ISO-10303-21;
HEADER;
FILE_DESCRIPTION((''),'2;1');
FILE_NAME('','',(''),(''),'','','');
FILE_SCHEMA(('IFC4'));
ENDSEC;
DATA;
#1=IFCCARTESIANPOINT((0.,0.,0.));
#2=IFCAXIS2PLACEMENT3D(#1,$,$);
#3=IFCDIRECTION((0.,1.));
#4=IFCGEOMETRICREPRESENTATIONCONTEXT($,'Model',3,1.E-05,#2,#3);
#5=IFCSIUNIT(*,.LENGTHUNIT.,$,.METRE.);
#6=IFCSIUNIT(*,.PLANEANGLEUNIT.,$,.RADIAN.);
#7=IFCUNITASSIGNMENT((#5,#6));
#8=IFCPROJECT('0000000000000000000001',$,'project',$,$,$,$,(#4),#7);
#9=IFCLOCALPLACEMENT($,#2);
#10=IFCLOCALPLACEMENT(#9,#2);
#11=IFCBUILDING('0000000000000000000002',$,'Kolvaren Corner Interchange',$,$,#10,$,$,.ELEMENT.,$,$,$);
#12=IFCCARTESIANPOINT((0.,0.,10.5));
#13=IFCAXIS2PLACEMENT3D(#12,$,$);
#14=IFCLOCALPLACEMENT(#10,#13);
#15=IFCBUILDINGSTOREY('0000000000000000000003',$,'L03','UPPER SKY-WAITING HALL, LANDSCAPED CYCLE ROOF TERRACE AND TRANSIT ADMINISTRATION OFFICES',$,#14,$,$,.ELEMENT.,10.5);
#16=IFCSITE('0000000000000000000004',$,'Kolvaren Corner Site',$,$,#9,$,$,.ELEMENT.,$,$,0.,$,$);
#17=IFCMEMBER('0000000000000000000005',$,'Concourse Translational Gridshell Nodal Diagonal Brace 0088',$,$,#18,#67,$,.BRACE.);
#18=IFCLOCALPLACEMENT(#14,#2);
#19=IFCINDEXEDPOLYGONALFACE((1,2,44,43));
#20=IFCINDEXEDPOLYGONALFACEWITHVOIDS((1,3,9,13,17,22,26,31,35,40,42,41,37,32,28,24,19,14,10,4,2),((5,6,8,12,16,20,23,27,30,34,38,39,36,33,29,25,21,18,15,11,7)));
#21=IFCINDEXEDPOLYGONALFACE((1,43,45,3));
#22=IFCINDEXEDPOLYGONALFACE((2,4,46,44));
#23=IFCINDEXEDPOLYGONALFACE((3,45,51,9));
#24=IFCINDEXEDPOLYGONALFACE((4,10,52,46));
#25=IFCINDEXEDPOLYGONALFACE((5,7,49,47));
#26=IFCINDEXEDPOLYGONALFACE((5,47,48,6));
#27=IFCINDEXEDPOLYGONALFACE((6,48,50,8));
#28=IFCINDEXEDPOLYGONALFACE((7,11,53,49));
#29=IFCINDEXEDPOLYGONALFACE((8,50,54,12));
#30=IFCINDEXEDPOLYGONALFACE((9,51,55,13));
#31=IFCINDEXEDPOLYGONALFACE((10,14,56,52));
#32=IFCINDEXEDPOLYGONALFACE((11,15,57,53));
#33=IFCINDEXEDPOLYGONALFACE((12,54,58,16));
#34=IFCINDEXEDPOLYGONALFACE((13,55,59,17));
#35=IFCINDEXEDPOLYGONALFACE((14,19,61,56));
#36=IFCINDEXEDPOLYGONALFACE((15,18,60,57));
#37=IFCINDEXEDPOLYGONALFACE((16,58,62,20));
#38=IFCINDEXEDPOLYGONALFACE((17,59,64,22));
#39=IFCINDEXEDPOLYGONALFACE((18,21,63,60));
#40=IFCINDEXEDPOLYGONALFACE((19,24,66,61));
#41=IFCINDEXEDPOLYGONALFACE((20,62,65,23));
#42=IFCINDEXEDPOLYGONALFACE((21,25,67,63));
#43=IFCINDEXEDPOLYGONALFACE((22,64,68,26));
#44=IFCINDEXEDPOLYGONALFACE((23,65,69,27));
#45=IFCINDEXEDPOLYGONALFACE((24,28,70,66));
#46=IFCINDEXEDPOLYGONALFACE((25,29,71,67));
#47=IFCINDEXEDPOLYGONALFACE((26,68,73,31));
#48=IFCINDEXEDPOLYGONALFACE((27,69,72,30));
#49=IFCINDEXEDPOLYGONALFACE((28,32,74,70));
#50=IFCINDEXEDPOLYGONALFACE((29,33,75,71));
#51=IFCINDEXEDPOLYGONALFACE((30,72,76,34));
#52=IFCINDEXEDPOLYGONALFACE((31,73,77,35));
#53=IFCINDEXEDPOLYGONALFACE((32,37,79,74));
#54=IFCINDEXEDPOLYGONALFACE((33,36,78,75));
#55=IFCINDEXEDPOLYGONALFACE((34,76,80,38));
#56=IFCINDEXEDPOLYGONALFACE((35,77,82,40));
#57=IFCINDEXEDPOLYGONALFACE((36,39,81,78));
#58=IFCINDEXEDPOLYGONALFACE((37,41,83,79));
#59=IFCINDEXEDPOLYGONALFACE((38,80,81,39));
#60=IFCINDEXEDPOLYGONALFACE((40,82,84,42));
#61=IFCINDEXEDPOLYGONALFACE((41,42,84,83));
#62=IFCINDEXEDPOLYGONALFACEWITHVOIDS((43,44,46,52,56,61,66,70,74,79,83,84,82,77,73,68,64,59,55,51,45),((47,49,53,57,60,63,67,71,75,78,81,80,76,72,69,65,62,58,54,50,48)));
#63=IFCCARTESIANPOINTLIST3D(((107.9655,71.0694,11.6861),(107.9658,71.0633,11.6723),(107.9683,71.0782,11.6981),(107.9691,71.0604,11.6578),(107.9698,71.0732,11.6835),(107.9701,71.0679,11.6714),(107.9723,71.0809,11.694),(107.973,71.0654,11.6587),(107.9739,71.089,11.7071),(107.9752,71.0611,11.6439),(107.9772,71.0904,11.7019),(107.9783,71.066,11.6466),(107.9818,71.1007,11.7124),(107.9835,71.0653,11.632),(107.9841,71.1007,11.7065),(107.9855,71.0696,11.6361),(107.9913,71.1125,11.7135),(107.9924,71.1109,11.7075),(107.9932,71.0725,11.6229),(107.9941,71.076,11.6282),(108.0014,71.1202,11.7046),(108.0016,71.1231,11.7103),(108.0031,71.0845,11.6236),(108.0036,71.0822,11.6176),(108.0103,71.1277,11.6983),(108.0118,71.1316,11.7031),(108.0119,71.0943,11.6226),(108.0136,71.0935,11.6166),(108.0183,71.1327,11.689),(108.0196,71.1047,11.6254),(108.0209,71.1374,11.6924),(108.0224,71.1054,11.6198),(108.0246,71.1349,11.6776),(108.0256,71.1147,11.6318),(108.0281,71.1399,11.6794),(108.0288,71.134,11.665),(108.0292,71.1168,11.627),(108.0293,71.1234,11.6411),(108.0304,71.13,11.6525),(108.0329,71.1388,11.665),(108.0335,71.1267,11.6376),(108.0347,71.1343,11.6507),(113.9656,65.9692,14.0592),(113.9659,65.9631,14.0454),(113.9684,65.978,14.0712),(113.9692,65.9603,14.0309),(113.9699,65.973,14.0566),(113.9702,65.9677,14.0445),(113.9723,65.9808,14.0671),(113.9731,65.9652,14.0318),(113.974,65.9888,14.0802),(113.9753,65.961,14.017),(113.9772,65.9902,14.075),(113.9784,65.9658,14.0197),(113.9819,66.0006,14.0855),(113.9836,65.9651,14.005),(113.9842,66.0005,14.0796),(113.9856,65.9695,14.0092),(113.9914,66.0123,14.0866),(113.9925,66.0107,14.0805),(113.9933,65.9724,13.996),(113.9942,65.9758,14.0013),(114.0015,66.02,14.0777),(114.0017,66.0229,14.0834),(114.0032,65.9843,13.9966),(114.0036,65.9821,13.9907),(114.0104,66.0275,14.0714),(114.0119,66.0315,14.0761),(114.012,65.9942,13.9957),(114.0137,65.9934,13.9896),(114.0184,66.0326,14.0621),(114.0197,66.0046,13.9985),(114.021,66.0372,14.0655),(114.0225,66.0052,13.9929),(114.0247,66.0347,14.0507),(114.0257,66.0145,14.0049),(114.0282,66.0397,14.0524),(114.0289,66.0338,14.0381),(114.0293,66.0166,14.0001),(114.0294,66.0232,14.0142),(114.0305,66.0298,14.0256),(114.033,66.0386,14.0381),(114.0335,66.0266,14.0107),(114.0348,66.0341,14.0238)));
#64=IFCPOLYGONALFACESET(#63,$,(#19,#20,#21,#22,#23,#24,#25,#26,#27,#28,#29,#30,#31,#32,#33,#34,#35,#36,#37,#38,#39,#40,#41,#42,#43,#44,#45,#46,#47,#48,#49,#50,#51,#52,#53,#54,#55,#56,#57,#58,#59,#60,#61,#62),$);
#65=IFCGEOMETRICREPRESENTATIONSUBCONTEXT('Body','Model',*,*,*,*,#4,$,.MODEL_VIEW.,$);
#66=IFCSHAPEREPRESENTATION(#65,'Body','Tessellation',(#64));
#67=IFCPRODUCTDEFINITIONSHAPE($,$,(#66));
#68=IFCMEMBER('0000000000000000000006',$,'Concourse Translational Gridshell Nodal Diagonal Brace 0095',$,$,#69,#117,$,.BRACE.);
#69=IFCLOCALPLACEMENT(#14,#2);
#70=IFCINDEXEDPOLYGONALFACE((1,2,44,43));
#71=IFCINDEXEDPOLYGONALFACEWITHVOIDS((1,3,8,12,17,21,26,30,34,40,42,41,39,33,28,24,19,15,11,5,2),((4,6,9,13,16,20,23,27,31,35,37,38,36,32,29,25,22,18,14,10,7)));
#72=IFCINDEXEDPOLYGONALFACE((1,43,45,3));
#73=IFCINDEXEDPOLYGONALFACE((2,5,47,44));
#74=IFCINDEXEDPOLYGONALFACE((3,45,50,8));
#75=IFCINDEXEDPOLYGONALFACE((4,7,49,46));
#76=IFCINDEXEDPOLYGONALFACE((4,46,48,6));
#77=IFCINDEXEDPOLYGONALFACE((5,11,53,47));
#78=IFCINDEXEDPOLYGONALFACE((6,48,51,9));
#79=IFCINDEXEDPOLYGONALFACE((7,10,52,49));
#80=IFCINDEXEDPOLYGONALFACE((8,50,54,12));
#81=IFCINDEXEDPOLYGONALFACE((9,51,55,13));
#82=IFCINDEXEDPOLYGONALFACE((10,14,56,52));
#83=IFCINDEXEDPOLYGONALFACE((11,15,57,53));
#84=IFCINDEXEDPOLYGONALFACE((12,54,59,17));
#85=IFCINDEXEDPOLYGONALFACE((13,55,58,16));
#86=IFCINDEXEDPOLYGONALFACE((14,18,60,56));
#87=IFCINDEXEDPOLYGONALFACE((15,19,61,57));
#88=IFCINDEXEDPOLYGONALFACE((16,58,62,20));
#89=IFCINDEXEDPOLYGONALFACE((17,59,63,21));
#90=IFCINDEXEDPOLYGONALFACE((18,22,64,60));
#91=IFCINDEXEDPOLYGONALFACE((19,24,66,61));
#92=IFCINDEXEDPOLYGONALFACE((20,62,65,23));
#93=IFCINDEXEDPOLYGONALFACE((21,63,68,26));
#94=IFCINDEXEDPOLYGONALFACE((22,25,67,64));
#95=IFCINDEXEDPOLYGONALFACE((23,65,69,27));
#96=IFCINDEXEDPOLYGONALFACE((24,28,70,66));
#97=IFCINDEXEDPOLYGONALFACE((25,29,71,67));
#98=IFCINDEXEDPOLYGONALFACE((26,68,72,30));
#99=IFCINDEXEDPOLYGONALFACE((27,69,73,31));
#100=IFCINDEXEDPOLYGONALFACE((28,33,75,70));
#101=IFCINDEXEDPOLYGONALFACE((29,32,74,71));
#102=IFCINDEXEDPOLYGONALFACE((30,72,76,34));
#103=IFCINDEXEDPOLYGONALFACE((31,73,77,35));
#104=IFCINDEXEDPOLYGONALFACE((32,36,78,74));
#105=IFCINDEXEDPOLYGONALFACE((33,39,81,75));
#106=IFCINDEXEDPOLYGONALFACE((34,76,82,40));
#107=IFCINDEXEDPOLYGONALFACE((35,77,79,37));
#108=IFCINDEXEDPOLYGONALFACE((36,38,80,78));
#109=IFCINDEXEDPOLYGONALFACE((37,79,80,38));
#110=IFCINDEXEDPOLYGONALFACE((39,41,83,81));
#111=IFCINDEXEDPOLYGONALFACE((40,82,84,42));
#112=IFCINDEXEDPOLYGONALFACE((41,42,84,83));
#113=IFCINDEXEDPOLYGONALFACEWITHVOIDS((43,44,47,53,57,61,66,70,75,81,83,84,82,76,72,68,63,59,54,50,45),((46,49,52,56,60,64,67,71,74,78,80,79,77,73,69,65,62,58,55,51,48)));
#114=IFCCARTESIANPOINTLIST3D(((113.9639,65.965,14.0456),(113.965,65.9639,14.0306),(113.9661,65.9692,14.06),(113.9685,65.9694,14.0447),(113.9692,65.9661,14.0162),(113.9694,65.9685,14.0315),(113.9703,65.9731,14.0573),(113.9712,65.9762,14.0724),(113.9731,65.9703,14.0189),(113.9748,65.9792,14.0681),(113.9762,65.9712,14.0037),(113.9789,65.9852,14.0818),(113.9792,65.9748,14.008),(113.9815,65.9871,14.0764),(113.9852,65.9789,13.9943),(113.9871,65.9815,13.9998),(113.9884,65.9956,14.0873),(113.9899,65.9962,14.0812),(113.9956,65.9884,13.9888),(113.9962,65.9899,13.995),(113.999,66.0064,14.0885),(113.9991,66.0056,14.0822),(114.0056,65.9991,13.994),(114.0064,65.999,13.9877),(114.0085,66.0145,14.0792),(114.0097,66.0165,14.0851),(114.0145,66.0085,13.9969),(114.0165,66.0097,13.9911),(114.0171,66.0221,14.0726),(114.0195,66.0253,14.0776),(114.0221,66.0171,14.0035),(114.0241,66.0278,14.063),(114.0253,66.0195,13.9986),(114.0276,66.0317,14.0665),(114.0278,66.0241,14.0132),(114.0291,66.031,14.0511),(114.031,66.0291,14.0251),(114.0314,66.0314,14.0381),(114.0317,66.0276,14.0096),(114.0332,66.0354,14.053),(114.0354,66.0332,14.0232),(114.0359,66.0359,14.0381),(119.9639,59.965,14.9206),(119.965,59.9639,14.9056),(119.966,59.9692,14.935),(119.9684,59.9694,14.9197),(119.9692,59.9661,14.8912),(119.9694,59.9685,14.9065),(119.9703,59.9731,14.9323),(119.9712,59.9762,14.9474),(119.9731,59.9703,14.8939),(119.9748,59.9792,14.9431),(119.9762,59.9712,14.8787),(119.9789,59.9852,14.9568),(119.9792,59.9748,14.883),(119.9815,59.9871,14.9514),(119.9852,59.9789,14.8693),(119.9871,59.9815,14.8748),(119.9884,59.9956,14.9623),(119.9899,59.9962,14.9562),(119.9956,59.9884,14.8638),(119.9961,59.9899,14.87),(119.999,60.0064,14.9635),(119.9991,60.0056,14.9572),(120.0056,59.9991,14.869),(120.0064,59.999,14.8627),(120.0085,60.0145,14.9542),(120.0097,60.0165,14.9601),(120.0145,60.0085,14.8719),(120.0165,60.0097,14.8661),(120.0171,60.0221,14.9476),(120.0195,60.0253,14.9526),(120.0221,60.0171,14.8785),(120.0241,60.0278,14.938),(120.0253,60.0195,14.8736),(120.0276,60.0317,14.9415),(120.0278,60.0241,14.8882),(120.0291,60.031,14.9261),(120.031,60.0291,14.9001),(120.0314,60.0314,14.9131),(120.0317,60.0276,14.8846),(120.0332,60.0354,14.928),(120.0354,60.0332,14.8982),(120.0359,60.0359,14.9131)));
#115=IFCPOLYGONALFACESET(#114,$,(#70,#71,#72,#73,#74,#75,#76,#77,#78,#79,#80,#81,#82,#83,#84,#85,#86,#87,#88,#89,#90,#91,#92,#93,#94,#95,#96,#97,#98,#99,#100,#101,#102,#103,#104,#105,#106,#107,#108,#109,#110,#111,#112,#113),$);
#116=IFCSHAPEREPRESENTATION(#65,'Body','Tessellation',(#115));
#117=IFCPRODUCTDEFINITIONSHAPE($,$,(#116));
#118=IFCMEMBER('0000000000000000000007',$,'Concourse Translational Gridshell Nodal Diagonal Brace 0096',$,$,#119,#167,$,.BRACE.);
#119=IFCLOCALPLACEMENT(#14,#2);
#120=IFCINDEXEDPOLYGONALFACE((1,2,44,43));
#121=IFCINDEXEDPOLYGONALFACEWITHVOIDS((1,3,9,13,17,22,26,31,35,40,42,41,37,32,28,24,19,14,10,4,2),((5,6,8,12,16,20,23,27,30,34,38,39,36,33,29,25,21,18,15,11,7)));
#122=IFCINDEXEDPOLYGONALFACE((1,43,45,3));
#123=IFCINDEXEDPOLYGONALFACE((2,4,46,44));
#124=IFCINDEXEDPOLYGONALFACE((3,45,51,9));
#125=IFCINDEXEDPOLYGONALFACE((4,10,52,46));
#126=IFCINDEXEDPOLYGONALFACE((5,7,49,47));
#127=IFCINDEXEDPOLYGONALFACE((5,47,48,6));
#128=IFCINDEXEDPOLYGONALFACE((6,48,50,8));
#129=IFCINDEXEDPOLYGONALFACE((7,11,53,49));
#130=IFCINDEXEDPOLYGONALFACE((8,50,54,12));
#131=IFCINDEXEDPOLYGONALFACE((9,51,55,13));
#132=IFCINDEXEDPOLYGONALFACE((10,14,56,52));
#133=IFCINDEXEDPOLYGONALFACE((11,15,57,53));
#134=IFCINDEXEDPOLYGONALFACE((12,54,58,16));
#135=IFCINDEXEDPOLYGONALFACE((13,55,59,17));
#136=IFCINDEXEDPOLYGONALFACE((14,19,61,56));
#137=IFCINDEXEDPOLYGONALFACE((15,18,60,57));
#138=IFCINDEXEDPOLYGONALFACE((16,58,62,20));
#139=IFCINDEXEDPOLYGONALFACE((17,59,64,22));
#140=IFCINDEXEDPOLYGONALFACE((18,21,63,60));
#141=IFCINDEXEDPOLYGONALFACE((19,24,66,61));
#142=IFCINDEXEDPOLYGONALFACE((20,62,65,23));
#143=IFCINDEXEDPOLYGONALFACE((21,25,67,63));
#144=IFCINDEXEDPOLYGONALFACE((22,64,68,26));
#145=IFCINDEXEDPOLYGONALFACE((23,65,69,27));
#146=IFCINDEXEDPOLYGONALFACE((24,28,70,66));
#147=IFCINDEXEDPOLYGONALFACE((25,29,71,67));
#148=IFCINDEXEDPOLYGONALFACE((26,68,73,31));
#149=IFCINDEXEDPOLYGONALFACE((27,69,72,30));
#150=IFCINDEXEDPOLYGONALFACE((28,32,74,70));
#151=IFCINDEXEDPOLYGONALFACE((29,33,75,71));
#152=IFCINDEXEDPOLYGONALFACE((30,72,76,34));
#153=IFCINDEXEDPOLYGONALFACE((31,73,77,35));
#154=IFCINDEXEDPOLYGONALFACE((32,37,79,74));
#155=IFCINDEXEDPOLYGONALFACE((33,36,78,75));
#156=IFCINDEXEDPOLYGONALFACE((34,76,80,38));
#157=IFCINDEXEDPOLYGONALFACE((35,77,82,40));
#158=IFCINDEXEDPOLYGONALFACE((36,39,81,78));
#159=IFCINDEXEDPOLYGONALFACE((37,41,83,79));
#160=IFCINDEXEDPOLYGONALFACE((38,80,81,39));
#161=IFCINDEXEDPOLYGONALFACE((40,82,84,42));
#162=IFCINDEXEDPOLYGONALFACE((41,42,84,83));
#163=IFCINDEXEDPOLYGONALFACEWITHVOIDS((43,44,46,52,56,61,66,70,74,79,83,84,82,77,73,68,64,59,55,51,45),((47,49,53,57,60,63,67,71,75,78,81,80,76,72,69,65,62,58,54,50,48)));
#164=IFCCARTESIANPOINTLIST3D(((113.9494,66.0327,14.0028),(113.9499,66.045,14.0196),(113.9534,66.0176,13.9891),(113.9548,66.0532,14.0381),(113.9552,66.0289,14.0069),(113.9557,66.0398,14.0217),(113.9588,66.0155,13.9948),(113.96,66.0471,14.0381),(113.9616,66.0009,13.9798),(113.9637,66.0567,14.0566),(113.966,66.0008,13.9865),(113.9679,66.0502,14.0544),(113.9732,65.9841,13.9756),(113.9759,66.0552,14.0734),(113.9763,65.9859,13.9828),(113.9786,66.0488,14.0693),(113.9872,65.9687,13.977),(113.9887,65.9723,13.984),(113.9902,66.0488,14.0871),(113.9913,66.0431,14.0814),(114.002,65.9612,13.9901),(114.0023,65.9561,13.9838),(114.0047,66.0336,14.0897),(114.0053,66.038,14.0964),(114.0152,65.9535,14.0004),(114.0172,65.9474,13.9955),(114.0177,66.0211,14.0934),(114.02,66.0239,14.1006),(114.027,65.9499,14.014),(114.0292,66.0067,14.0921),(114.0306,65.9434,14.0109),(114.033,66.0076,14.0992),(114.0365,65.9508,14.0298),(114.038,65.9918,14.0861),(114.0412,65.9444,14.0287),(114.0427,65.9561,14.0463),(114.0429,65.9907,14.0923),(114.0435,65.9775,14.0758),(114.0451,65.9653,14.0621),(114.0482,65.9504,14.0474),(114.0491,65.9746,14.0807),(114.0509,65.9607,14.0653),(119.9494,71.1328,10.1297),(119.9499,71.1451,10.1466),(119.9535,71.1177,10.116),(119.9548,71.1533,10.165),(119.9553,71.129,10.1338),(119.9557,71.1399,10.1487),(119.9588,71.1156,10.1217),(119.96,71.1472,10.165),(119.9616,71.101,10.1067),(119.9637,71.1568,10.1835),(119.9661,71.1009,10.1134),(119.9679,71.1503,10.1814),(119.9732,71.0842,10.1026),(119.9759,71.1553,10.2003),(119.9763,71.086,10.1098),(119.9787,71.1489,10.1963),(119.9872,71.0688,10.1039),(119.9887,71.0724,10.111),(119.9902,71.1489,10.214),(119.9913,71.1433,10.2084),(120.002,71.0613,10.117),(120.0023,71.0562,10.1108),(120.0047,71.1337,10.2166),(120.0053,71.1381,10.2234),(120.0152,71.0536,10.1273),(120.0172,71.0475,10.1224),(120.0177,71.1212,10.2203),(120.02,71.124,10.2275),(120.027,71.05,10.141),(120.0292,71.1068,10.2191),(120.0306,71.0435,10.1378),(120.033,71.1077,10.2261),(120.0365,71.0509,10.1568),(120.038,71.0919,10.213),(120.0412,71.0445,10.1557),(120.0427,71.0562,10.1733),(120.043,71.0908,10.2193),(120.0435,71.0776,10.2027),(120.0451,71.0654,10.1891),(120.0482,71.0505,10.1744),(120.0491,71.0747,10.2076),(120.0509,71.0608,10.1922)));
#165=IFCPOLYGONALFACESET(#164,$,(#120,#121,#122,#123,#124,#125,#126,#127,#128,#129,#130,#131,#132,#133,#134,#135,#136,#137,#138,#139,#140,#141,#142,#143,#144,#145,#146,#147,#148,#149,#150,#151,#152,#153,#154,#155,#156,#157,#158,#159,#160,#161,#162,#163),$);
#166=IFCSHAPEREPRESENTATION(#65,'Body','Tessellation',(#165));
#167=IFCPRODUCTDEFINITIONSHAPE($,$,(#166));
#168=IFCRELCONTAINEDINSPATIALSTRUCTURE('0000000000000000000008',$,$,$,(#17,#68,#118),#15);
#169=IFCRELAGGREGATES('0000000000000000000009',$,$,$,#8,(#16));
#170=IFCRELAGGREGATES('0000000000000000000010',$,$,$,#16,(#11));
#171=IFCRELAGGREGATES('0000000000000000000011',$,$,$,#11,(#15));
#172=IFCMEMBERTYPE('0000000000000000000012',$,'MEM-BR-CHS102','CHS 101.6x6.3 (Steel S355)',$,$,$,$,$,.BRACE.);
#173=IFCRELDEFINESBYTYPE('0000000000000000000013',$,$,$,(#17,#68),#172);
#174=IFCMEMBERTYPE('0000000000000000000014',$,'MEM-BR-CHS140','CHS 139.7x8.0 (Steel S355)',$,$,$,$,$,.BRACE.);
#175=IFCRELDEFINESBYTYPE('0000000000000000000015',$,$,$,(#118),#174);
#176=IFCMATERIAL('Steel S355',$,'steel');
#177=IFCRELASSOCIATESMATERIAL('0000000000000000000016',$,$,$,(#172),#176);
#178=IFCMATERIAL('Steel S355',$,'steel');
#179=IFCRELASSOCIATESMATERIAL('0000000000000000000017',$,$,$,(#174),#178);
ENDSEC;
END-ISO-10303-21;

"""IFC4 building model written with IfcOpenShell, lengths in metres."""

from ifc_helpers import new_model, si_unit, direction, frame, origin, origin_2d, place, context, subcontext, project, spatial, hollow_circle, extrude, material, material_profile, profile_set, type_object, element, save


model = new_model("IFC4")

# Units and contexts
model_context = context("Model", 3, precision=1e-05, world=origin(), true_north=direction((0.0, 1.0)))
body_context = subcontext(model_context, "Body", "Model", "MODEL_VIEW")
ifc_project = project(units=[si_unit("LENGTHUNIT", "METRE"), si_unit("PLANEANGLEUNIT", "RADIAN")], contexts=[model_context])

# Site, building, storey
site_placement = place(None, origin())
site = spatial("IfcSite", under=ifc_project, at=site_placement, Name="Kolvaren Corner Site", CompositionType="ELEMENT", RefElevation=0.0)
building_placement = place(site_placement, origin())
building = spatial("IfcBuilding", under=site, at=building_placement, Name="Kolvaren Corner Interchange", CompositionType="ELEMENT")
storey_placement = place(building_placement, frame((0.0, 0.0, 10.5)))
storey = spatial("IfcBuildingStorey", under=building, at=storey_placement, Name="L03", Description="UPPER SKY-WAITING HALL, LANDSCAPED CYCLE ROOF TERRACE AND TRANSIT ADMINISTRATION OFFICES", CompositionType="ELEMENT", Elevation=10.5)

# Members
ifc_material_1 = material(Name="Steel S355", Category="steel")
ifc_material_profile_1 = material_profile(ifc_material_1, hollow_circle(Radius=0.0508, WallThickness=0.0063, at=origin_2d()), Name="CHS 101.6x6.3")
ifc_profile_set_1 = profile_set([ifc_material_profile_1], Name="Steel S355")
member_type_1 = type_object("IfcMemberType", Name="MEM-BR-CHS102", Description="CHS 101.6x6.3 (Steel S355)", PredefinedType="BRACE", material=ifc_profile_set_1)
member_1_placement = place(storey_placement, frame((108.0, 71.1001, 11.665), z_axis=(0.729528, -0.620111, 0.288534), x_axis=(0.647656, 0.761933, 0.0)))
element("IfcMember", 1, at=member_1_placement, inside=storey, type_object=member_type_1, Name="Concourse Translational Gridshell Nodal Diagonal Brace 0088", PredefinedType="BRACE", context=body_context, shape_type="SweptSolid", body=[
    extrude(hollow_circle(Radius=0.0508, WallThickness=0.0063, at=origin_2d()), origin(), (0.0, 0.0, 1.0), 8.2246),
])
member_2_placement = place(storey_placement, frame((114.0, 66.0, 14.0381), z_axis=(0.703377, -0.703377, 0.102576), x_axis=(0.707107, 0.707107, 0.0)))
element("IfcMember", 2, at=member_2_placement, inside=storey, type_object=member_type_1, Name="Concourse Translational Gridshell Nodal Diagonal Brace 0095", PredefinedType="BRACE", context=body_context, shape_type="SweptSolid", body=[
    extrude(hollow_circle(Radius=0.0508, WallThickness=0.0063, at=origin_2d()), origin(), (0.0, 0.0, 1.0), 8.5303),
])
ifc_material_2 = material(Name="Steel S355", Category="steel")
ifc_material_profile_2 = material_profile(ifc_material_2, hollow_circle(Radius=0.0698, WallThickness=0.0081, at=origin_2d()), Name="CHS 139.7x8.0")
ifc_profile_set_2 = profile_set([ifc_material_profile_2], Name="Steel S355")
member_type_2 = type_object("IfcMemberType", Name="MEM-BR-CHS140", Description="CHS 139.7x8.0 (Steel S355)", PredefinedType="BRACE", material=ifc_profile_set_2)
member_3_placement = place(storey_placement, frame((114.0, 66.0, 14.0381), z_axis=(0.683712, 0.581167, -0.441342), x_axis=(-0.647656, 0.761933, 0.0)))
element("IfcMember", 3, at=member_3_placement, inside=storey, type_object=member_type_2, Name="Concourse Translational Gridshell Nodal Diagonal Brace 0096", PredefinedType="BRACE", context=body_context, shape_type="SweptSolid", body=[
    extrude(hollow_circle(Radius=0.0698, WallThickness=0.0081, at=origin_2d()), origin(), (0.0, 0.0, 1.0), 8.7756),
])

save(model, "model.ifc")
